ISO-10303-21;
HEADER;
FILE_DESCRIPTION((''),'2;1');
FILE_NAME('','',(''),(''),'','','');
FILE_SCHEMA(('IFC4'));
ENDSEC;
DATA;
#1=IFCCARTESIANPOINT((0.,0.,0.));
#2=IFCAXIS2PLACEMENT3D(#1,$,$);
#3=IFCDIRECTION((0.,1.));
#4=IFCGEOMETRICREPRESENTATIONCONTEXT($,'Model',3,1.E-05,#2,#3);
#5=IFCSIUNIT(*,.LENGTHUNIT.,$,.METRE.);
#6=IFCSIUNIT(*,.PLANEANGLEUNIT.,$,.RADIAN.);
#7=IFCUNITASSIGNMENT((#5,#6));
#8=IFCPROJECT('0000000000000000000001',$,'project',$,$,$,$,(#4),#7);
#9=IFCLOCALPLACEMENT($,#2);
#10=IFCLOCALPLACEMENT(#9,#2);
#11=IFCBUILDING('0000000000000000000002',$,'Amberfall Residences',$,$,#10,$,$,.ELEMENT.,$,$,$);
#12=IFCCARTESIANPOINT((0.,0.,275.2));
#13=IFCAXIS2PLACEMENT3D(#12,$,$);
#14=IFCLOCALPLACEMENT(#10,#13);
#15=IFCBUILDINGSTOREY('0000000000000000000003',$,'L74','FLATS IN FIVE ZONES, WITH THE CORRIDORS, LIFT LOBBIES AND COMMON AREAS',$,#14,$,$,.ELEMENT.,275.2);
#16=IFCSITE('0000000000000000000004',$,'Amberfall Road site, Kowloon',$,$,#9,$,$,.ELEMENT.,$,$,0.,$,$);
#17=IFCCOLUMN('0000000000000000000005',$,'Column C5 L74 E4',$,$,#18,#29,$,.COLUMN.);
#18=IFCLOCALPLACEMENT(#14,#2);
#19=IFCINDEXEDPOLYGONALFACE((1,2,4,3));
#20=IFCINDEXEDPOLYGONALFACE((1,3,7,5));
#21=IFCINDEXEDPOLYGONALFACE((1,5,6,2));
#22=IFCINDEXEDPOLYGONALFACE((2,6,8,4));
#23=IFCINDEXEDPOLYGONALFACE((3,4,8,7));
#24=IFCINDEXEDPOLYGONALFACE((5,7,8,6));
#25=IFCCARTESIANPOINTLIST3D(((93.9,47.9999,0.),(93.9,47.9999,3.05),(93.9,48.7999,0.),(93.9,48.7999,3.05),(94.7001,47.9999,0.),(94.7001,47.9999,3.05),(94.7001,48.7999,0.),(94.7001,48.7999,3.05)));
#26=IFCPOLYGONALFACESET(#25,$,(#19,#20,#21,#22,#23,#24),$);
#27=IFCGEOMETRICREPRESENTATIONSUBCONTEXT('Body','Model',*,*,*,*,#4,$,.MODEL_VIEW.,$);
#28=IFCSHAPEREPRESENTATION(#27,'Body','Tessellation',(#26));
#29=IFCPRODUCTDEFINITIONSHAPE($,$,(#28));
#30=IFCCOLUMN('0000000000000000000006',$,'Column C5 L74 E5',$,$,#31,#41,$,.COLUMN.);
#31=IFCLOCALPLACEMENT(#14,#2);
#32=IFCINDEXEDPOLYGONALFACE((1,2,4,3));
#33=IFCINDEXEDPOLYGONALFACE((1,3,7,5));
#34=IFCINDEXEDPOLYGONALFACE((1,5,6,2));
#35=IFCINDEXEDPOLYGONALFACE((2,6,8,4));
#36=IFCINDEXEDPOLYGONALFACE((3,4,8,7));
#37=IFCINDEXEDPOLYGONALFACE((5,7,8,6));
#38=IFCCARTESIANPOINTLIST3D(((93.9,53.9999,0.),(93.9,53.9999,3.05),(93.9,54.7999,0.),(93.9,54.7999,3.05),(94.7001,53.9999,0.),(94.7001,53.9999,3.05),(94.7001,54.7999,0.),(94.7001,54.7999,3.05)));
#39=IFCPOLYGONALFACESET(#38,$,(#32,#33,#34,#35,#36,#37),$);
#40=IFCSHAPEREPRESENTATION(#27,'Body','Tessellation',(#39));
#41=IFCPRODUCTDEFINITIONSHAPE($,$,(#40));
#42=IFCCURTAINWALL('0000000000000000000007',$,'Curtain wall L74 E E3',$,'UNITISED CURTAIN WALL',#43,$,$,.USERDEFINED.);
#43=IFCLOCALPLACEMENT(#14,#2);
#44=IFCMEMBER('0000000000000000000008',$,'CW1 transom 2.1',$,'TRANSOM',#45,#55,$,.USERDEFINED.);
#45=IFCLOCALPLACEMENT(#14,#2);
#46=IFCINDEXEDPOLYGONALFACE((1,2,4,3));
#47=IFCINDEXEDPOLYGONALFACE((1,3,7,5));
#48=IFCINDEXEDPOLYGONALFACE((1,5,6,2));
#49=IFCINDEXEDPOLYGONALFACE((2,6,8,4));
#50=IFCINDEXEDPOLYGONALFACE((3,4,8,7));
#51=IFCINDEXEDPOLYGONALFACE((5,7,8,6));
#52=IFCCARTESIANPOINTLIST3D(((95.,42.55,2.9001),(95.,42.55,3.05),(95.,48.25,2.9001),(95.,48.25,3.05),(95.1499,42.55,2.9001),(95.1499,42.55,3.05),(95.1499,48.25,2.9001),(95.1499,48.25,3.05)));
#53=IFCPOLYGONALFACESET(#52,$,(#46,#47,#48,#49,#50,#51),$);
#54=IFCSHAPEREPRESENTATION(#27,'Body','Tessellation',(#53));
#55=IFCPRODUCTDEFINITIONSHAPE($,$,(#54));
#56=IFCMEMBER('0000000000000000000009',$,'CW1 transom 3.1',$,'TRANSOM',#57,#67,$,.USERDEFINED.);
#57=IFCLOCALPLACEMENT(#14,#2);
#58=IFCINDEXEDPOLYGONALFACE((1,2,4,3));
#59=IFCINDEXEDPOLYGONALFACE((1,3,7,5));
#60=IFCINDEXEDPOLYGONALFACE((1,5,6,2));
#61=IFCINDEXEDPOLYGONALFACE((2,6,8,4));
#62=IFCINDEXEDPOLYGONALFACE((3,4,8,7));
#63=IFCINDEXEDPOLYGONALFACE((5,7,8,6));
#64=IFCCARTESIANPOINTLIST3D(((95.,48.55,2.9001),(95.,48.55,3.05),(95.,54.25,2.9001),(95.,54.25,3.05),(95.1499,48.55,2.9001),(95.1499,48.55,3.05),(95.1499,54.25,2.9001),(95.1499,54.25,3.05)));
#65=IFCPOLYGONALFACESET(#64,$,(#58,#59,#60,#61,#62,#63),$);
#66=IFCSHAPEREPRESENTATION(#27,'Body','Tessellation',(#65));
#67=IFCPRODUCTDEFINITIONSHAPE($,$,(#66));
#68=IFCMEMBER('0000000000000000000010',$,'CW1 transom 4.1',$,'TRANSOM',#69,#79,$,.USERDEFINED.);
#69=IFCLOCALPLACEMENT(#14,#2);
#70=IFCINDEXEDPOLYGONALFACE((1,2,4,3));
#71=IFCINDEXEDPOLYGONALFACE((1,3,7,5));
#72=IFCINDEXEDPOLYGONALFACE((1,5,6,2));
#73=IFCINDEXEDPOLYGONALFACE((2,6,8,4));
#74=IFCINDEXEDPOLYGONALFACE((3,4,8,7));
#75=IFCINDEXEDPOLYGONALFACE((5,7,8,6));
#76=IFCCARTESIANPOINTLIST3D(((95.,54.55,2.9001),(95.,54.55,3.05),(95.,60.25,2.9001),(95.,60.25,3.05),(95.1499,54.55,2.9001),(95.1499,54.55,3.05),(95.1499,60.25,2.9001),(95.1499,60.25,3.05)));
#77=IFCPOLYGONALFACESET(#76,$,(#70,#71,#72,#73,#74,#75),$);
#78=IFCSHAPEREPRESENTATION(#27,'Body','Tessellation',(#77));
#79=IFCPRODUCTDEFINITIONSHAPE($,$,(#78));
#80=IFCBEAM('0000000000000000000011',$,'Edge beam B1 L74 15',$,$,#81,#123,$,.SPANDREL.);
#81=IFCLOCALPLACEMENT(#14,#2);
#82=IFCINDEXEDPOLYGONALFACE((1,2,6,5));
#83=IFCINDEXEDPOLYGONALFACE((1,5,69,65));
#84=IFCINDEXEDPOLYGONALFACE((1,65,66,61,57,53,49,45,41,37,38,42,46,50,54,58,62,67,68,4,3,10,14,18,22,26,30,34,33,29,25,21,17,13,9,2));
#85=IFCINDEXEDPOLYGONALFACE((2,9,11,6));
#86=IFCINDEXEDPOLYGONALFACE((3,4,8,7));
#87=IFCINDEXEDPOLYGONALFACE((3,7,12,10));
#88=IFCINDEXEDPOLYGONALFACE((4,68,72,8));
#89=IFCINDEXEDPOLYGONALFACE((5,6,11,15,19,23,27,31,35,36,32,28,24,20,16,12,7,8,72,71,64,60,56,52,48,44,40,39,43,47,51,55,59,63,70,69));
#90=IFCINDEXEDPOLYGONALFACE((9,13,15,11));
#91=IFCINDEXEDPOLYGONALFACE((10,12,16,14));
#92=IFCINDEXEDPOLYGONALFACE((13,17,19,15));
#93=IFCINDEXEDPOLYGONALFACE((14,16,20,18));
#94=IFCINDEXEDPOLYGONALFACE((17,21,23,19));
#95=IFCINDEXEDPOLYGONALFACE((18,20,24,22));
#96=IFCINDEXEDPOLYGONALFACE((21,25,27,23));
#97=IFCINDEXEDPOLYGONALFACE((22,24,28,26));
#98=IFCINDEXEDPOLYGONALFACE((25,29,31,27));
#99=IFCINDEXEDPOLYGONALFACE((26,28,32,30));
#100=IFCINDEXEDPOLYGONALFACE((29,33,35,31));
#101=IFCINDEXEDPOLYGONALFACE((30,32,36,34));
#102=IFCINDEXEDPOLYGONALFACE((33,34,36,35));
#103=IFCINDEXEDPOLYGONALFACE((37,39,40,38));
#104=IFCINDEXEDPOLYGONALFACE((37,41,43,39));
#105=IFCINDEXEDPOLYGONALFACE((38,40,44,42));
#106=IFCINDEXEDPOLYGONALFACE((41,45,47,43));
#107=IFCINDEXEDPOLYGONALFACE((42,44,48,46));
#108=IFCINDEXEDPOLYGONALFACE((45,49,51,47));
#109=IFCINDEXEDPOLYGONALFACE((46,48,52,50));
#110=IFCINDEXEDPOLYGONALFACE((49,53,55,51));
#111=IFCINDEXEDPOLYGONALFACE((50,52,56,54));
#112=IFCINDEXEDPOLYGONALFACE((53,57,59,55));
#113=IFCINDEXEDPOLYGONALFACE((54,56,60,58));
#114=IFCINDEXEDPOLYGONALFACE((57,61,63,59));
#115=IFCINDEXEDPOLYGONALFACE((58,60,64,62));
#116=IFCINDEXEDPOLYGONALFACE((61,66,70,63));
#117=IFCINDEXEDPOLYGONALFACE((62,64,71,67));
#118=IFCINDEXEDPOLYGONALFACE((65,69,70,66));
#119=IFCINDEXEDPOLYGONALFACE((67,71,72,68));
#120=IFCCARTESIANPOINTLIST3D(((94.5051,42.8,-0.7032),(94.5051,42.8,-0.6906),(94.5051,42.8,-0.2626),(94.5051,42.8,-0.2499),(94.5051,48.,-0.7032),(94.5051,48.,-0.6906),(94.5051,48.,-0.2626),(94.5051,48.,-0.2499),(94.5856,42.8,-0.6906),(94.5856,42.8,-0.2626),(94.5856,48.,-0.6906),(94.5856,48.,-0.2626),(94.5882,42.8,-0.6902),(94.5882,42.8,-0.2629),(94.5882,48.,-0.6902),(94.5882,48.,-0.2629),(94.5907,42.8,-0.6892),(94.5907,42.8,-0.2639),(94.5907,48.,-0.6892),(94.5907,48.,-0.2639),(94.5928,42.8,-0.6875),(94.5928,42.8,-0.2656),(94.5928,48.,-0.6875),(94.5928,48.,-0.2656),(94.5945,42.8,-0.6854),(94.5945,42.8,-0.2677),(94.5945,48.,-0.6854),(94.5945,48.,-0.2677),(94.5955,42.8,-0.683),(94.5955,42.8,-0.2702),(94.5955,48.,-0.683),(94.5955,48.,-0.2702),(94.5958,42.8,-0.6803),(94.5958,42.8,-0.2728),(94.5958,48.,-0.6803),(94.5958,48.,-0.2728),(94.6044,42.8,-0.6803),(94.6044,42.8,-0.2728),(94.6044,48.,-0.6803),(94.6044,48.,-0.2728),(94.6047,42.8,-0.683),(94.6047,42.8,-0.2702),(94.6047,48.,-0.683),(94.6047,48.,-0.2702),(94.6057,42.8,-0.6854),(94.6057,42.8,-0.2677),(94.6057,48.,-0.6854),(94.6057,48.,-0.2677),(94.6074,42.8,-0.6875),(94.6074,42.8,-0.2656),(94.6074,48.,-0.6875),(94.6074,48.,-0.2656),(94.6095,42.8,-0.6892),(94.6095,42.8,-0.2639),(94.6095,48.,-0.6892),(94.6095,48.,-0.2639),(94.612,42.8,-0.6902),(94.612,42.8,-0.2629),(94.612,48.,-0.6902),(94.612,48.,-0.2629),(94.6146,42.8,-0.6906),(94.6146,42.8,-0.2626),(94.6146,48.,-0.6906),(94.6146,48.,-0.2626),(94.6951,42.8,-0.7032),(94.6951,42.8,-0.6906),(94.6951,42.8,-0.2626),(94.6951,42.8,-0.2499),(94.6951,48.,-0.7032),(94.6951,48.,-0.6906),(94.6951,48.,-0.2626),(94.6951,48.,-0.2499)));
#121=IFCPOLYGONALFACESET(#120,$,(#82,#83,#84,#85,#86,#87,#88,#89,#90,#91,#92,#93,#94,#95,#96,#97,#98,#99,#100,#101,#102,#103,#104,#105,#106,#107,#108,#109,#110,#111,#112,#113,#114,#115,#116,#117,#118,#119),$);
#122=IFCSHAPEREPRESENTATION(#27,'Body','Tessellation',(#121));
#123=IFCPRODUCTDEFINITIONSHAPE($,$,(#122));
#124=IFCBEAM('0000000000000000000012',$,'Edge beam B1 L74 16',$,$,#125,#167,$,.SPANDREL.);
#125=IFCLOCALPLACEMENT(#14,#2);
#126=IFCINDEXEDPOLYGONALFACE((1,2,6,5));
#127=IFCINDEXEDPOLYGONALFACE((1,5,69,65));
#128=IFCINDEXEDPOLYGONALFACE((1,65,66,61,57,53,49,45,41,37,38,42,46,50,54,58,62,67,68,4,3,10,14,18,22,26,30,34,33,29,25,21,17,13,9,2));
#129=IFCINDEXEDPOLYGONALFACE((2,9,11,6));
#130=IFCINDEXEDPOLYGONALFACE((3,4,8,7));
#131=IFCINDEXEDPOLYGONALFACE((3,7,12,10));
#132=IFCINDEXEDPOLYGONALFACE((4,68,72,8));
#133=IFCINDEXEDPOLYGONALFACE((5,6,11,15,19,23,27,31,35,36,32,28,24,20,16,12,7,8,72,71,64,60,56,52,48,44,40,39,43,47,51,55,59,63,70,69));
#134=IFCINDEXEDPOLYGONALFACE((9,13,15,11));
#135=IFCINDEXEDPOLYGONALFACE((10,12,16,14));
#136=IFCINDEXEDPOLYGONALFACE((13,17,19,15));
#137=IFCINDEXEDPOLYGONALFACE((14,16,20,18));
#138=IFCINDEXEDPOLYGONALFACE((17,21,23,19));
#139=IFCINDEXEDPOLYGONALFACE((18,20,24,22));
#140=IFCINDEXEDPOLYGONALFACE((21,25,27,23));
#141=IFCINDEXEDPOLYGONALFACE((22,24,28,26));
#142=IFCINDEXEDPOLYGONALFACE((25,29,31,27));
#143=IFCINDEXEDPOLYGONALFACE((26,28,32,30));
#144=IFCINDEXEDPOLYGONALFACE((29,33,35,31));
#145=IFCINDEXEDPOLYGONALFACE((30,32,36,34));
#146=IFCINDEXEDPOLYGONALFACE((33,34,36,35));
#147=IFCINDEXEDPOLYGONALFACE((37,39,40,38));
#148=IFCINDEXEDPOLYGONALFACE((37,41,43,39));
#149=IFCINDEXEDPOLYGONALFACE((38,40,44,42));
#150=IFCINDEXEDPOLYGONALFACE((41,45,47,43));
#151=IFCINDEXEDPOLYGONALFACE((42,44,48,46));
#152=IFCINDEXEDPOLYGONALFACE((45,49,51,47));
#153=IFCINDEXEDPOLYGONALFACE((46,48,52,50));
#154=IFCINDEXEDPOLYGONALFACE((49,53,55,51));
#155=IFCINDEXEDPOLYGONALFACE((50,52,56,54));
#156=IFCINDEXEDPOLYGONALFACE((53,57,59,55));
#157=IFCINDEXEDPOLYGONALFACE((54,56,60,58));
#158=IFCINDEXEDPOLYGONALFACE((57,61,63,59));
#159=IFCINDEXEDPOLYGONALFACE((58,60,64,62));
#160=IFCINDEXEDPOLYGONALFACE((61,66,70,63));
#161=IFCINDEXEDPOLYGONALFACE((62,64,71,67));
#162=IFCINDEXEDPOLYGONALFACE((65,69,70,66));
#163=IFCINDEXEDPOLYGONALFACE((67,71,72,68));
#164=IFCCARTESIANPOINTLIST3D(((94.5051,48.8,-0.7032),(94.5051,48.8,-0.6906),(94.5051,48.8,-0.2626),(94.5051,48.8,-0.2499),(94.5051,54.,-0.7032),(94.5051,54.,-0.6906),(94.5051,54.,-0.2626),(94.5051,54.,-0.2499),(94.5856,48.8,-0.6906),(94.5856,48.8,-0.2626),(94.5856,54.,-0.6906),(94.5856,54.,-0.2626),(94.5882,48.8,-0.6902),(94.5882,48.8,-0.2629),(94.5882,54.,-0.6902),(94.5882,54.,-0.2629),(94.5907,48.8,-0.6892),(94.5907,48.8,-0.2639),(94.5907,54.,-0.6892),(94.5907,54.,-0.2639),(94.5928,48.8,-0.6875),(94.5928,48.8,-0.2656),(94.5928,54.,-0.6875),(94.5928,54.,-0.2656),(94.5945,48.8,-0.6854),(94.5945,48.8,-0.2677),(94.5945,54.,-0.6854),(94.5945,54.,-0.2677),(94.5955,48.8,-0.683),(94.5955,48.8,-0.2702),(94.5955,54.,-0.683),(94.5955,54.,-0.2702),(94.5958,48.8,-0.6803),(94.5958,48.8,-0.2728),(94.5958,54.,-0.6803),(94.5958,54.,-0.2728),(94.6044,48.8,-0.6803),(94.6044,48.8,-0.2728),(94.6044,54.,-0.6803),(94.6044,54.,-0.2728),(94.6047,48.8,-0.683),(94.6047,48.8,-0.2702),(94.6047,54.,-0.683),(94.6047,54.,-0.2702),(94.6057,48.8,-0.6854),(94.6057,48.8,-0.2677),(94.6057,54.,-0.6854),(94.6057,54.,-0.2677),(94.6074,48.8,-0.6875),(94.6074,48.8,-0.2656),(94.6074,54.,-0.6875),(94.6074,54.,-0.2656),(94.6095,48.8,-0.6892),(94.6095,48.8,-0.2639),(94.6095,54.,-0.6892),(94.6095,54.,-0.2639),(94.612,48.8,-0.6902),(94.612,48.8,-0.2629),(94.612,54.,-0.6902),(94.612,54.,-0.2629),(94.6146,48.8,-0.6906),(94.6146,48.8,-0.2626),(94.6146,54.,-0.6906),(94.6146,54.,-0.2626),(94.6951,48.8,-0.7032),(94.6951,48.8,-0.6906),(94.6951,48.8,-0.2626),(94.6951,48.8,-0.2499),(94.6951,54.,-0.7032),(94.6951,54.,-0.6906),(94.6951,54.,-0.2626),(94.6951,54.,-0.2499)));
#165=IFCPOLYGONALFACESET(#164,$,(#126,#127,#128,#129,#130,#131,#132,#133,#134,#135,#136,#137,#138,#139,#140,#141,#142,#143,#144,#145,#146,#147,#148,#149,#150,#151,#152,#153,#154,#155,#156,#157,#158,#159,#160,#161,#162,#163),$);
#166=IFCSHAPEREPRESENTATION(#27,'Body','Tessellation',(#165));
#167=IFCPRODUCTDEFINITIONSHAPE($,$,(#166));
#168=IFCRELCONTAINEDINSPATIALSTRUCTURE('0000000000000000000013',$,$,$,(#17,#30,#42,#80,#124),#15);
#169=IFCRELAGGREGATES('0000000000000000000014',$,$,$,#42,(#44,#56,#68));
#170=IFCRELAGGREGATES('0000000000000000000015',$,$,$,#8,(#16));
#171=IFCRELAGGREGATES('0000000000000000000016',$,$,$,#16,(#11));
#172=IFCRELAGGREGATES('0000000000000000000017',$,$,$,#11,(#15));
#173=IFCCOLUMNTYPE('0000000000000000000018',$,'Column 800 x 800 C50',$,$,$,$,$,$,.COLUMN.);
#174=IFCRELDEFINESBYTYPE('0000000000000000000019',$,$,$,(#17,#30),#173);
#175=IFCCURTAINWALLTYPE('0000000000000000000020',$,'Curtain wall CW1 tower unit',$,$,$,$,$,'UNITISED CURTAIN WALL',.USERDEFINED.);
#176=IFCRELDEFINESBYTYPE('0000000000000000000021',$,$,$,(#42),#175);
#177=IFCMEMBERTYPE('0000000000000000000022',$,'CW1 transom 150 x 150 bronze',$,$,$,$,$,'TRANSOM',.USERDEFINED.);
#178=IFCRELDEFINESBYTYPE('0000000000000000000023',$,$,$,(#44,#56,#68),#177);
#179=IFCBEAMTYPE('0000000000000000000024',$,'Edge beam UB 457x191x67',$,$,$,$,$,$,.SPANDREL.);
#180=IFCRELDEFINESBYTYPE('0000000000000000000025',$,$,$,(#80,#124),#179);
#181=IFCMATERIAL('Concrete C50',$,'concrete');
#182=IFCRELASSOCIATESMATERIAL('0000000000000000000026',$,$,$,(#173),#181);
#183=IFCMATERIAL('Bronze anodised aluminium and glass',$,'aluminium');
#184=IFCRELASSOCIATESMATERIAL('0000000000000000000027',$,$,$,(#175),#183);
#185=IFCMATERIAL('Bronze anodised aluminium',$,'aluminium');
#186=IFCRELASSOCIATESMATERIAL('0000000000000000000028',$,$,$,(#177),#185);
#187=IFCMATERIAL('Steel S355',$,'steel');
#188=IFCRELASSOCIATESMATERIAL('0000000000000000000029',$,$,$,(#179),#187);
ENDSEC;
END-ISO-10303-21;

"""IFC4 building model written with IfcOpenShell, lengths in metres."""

from ifc_helpers import new_model, si_unit, direction, frame, origin, origin_2d, place, context, subcontext, project, spatial, rectangle, i_section, extrude, material, material_profile, profile_set, type_object, element, aggregate, save


model = new_model("IFC4")

# Units and contexts
model_context = context("Model", 3, precision=1e-05, world=origin(), true_north=direction((0.0, 1.0)))
body_context = subcontext(model_context, "Body", "Model", "MODEL_VIEW")
ifc_project = project(units=[si_unit("LENGTHUNIT", "METRE"), si_unit("PLANEANGLEUNIT", "RADIAN")], contexts=[model_context])

# Site, building, storey
site_placement = place(None, origin())
site = spatial("IfcSite", under=ifc_project, at=site_placement, Name="Amberfall Road site, Kowloon", CompositionType="ELEMENT", RefElevation=0.0)
building_placement = place(site_placement, origin())
building = spatial("IfcBuilding", under=site, at=building_placement, Name="Amberfall Residences", CompositionType="ELEMENT")
storey_placement = place(building_placement, frame((0.0, 0.0, 275.2)))
storey = spatial("IfcBuildingStorey", under=building, at=storey_placement, Name="L74", Description="FLATS IN FIVE ZONES, WITH THE CORRIDORS, LIFT LOBBIES AND COMMON AREAS", CompositionType="ELEMENT", Elevation=275.2)

# Columns
ifc_material_1 = material(Name="Concrete C50", Category="concrete")
ifc_material_profile_1 = material_profile(ifc_material_1, rectangle(XDim=0.8, YDim=0.8, at=origin_2d()), Name="Column 800 x 800 C50")
ifc_profile_set_1 = profile_set([ifc_material_profile_1], Name="Concrete C50")
column_type = type_object("IfcColumnType", Name="Column 800 x 800 C50", PredefinedType="COLUMN", material=ifc_profile_set_1)
for number, where, z_axis, x_axis, name in (
    (1, (94.3, 48.3999, 0.0), (0.0, 0.0, 1.0), (1.0, 0.0, 0.0), "Column C5 L74 E4"),
    (2, (94.3, 54.3999, 0.0), (0.0, 0.0, 1.0), (1.0, 0.0, 0.0), "Column C5 L74 E5"),
):
    element("IfcColumn", number, at=place(storey_placement, frame(where, z_axis=z_axis, x_axis=x_axis)), inside=storey, type_object=column_type, Name=name, PredefinedType="COLUMN", context=body_context, shape_type="SweptSolid", body=[
        extrude(rectangle(XDim=0.8, YDim=0.8, at=origin_2d()), origin(), (0.0, 0.0, 1.0), 3.05),
    ])

# Curtain wall, members
ifc_material_2 = material(Name="Bronze anodised aluminium and glass", Category="aluminium")
curtain_wall_type = type_object("IfcCurtainWallType", Name="Curtain wall CW1 tower unit", ElementType="UNITISED CURTAIN WALL", PredefinedType="USERDEFINED", material=ifc_material_2)
curtain_wall_placement = place(storey_placement, origin())
curtain_wall = element("IfcCurtainWall", 3, at=curtain_wall_placement, inside=storey, type_object=curtain_wall_type, Name="Curtain wall L74 E E3", ObjectType="UNITISED CURTAIN WALL", PredefinedType="USERDEFINED")
ifc_material_3 = material(Name="Bronze anodised aluminium", Category="aluminium")
ifc_material_profile_2 = material_profile(ifc_material_3, rectangle(XDim=0.1499, YDim=0.1499, at=origin_2d()), Name="CW1 transom 150 x 150 bronze")
ifc_profile_set_2 = profile_set([ifc_material_profile_2], Name="Bronze anodised aluminium")
member_type_1 = type_object("IfcMemberType", Name="CW1 transom 150 x 150 bronze", ElementType="TRANSOM", PredefinedType="USERDEFINED", material=ifc_profile_set_2)
member_1_placement = place(storey_placement, frame((95.075, 42.55, 2.9751), z_axis=(0.0, 1.0, 0.0), x_axis=(-1.0, 0.0, 0.0)))
member_1 = element("IfcMember", 4, at=member_1_placement, type_object=member_type_1, Name="CW1 transom 2.1", ObjectType="TRANSOM", PredefinedType="USERDEFINED", context=body_context, shape_type="SweptSolid", body=[
    extrude(rectangle(XDim=0.1499, YDim=0.1499, at=origin_2d()), origin(), (0.0, 0.0, 1.0), 5.7),
])
member_2_placement = place(storey_placement, frame((95.075, 48.55, 2.9751), z_axis=(0.0, 1.0, 0.0), x_axis=(-1.0, 0.0, 0.0)))
member_2 = element("IfcMember", 5, at=member_2_placement, type_object=member_type_1, Name="CW1 transom 3.1", ObjectType="TRANSOM", PredefinedType="USERDEFINED", context=body_context, shape_type="SweptSolid", body=[
    extrude(rectangle(XDim=0.1499, YDim=0.1499, at=origin_2d()), origin(), (0.0, 0.0, 1.0), 5.7),
])
member_3_placement = place(storey_placement, frame((95.075, 54.55, 2.9751), z_axis=(0.0, 1.0, 0.0), x_axis=(-1.0, 0.0, 0.0)))
member_3 = element("IfcMember", 6, at=member_3_placement, type_object=member_type_1, Name="CW1 transom 4.1", ObjectType="TRANSOM", PredefinedType="USERDEFINED", context=body_context, shape_type="SweptSolid", body=[
    extrude(rectangle(XDim=0.1499, YDim=0.1499, at=origin_2d()), origin(), (0.0, 0.0, 1.0), 5.7),
])

# Beams
ifc_material_4 = material(Name="Steel S355", Category="steel")
ifc_material_profile_3 = material_profile(ifc_material_4, i_section(OverallWidth=0.1899, OverallDepth=0.4534, WebThickness=0.0085, FlangeThickness=0.0127, FilletRadius=0.0103, at=origin_2d()), Name="UB 457x191x67")
ifc_profile_set_3 = profile_set([ifc_material_profile_3], Name="Steel S355")
beam_type_1 = type_object("IfcBeamType", Name="Edge beam UB 457x191x67", PredefinedType="SPANDREL", material=ifc_profile_set_3)
for number, where, z_axis, x_axis, name in (
    (7, (94.6001, 42.8, -0.4766), (0.0, 1.0, 0.0), (-1.0, 0.0, 0.0), "Edge beam B1 L74 15"),
    (8, (94.6001, 48.8, -0.4766), (0.0, 1.0, 0.0), (-1.0, 0.0, 0.0), "Edge beam B1 L74 16"),
):
    element("IfcBeam", number, at=place(storey_placement, frame(where, z_axis=z_axis, x_axis=x_axis)), inside=storey, type_object=beam_type_1, Name=name, PredefinedType="SPANDREL", context=body_context, shape_type="SweptSolid", body=[
        extrude(i_section(OverallWidth=0.1899, OverallDepth=0.4534, WebThickness=0.0085, FlangeThickness=0.0127, FilletRadius=0.0103, at=origin_2d()), origin(), (0.0, 0.0, 1.0), 5.2),
    ])

aggregate(curtain_wall, [member_1, member_2, member_3])

save(model, "model.ifc")
